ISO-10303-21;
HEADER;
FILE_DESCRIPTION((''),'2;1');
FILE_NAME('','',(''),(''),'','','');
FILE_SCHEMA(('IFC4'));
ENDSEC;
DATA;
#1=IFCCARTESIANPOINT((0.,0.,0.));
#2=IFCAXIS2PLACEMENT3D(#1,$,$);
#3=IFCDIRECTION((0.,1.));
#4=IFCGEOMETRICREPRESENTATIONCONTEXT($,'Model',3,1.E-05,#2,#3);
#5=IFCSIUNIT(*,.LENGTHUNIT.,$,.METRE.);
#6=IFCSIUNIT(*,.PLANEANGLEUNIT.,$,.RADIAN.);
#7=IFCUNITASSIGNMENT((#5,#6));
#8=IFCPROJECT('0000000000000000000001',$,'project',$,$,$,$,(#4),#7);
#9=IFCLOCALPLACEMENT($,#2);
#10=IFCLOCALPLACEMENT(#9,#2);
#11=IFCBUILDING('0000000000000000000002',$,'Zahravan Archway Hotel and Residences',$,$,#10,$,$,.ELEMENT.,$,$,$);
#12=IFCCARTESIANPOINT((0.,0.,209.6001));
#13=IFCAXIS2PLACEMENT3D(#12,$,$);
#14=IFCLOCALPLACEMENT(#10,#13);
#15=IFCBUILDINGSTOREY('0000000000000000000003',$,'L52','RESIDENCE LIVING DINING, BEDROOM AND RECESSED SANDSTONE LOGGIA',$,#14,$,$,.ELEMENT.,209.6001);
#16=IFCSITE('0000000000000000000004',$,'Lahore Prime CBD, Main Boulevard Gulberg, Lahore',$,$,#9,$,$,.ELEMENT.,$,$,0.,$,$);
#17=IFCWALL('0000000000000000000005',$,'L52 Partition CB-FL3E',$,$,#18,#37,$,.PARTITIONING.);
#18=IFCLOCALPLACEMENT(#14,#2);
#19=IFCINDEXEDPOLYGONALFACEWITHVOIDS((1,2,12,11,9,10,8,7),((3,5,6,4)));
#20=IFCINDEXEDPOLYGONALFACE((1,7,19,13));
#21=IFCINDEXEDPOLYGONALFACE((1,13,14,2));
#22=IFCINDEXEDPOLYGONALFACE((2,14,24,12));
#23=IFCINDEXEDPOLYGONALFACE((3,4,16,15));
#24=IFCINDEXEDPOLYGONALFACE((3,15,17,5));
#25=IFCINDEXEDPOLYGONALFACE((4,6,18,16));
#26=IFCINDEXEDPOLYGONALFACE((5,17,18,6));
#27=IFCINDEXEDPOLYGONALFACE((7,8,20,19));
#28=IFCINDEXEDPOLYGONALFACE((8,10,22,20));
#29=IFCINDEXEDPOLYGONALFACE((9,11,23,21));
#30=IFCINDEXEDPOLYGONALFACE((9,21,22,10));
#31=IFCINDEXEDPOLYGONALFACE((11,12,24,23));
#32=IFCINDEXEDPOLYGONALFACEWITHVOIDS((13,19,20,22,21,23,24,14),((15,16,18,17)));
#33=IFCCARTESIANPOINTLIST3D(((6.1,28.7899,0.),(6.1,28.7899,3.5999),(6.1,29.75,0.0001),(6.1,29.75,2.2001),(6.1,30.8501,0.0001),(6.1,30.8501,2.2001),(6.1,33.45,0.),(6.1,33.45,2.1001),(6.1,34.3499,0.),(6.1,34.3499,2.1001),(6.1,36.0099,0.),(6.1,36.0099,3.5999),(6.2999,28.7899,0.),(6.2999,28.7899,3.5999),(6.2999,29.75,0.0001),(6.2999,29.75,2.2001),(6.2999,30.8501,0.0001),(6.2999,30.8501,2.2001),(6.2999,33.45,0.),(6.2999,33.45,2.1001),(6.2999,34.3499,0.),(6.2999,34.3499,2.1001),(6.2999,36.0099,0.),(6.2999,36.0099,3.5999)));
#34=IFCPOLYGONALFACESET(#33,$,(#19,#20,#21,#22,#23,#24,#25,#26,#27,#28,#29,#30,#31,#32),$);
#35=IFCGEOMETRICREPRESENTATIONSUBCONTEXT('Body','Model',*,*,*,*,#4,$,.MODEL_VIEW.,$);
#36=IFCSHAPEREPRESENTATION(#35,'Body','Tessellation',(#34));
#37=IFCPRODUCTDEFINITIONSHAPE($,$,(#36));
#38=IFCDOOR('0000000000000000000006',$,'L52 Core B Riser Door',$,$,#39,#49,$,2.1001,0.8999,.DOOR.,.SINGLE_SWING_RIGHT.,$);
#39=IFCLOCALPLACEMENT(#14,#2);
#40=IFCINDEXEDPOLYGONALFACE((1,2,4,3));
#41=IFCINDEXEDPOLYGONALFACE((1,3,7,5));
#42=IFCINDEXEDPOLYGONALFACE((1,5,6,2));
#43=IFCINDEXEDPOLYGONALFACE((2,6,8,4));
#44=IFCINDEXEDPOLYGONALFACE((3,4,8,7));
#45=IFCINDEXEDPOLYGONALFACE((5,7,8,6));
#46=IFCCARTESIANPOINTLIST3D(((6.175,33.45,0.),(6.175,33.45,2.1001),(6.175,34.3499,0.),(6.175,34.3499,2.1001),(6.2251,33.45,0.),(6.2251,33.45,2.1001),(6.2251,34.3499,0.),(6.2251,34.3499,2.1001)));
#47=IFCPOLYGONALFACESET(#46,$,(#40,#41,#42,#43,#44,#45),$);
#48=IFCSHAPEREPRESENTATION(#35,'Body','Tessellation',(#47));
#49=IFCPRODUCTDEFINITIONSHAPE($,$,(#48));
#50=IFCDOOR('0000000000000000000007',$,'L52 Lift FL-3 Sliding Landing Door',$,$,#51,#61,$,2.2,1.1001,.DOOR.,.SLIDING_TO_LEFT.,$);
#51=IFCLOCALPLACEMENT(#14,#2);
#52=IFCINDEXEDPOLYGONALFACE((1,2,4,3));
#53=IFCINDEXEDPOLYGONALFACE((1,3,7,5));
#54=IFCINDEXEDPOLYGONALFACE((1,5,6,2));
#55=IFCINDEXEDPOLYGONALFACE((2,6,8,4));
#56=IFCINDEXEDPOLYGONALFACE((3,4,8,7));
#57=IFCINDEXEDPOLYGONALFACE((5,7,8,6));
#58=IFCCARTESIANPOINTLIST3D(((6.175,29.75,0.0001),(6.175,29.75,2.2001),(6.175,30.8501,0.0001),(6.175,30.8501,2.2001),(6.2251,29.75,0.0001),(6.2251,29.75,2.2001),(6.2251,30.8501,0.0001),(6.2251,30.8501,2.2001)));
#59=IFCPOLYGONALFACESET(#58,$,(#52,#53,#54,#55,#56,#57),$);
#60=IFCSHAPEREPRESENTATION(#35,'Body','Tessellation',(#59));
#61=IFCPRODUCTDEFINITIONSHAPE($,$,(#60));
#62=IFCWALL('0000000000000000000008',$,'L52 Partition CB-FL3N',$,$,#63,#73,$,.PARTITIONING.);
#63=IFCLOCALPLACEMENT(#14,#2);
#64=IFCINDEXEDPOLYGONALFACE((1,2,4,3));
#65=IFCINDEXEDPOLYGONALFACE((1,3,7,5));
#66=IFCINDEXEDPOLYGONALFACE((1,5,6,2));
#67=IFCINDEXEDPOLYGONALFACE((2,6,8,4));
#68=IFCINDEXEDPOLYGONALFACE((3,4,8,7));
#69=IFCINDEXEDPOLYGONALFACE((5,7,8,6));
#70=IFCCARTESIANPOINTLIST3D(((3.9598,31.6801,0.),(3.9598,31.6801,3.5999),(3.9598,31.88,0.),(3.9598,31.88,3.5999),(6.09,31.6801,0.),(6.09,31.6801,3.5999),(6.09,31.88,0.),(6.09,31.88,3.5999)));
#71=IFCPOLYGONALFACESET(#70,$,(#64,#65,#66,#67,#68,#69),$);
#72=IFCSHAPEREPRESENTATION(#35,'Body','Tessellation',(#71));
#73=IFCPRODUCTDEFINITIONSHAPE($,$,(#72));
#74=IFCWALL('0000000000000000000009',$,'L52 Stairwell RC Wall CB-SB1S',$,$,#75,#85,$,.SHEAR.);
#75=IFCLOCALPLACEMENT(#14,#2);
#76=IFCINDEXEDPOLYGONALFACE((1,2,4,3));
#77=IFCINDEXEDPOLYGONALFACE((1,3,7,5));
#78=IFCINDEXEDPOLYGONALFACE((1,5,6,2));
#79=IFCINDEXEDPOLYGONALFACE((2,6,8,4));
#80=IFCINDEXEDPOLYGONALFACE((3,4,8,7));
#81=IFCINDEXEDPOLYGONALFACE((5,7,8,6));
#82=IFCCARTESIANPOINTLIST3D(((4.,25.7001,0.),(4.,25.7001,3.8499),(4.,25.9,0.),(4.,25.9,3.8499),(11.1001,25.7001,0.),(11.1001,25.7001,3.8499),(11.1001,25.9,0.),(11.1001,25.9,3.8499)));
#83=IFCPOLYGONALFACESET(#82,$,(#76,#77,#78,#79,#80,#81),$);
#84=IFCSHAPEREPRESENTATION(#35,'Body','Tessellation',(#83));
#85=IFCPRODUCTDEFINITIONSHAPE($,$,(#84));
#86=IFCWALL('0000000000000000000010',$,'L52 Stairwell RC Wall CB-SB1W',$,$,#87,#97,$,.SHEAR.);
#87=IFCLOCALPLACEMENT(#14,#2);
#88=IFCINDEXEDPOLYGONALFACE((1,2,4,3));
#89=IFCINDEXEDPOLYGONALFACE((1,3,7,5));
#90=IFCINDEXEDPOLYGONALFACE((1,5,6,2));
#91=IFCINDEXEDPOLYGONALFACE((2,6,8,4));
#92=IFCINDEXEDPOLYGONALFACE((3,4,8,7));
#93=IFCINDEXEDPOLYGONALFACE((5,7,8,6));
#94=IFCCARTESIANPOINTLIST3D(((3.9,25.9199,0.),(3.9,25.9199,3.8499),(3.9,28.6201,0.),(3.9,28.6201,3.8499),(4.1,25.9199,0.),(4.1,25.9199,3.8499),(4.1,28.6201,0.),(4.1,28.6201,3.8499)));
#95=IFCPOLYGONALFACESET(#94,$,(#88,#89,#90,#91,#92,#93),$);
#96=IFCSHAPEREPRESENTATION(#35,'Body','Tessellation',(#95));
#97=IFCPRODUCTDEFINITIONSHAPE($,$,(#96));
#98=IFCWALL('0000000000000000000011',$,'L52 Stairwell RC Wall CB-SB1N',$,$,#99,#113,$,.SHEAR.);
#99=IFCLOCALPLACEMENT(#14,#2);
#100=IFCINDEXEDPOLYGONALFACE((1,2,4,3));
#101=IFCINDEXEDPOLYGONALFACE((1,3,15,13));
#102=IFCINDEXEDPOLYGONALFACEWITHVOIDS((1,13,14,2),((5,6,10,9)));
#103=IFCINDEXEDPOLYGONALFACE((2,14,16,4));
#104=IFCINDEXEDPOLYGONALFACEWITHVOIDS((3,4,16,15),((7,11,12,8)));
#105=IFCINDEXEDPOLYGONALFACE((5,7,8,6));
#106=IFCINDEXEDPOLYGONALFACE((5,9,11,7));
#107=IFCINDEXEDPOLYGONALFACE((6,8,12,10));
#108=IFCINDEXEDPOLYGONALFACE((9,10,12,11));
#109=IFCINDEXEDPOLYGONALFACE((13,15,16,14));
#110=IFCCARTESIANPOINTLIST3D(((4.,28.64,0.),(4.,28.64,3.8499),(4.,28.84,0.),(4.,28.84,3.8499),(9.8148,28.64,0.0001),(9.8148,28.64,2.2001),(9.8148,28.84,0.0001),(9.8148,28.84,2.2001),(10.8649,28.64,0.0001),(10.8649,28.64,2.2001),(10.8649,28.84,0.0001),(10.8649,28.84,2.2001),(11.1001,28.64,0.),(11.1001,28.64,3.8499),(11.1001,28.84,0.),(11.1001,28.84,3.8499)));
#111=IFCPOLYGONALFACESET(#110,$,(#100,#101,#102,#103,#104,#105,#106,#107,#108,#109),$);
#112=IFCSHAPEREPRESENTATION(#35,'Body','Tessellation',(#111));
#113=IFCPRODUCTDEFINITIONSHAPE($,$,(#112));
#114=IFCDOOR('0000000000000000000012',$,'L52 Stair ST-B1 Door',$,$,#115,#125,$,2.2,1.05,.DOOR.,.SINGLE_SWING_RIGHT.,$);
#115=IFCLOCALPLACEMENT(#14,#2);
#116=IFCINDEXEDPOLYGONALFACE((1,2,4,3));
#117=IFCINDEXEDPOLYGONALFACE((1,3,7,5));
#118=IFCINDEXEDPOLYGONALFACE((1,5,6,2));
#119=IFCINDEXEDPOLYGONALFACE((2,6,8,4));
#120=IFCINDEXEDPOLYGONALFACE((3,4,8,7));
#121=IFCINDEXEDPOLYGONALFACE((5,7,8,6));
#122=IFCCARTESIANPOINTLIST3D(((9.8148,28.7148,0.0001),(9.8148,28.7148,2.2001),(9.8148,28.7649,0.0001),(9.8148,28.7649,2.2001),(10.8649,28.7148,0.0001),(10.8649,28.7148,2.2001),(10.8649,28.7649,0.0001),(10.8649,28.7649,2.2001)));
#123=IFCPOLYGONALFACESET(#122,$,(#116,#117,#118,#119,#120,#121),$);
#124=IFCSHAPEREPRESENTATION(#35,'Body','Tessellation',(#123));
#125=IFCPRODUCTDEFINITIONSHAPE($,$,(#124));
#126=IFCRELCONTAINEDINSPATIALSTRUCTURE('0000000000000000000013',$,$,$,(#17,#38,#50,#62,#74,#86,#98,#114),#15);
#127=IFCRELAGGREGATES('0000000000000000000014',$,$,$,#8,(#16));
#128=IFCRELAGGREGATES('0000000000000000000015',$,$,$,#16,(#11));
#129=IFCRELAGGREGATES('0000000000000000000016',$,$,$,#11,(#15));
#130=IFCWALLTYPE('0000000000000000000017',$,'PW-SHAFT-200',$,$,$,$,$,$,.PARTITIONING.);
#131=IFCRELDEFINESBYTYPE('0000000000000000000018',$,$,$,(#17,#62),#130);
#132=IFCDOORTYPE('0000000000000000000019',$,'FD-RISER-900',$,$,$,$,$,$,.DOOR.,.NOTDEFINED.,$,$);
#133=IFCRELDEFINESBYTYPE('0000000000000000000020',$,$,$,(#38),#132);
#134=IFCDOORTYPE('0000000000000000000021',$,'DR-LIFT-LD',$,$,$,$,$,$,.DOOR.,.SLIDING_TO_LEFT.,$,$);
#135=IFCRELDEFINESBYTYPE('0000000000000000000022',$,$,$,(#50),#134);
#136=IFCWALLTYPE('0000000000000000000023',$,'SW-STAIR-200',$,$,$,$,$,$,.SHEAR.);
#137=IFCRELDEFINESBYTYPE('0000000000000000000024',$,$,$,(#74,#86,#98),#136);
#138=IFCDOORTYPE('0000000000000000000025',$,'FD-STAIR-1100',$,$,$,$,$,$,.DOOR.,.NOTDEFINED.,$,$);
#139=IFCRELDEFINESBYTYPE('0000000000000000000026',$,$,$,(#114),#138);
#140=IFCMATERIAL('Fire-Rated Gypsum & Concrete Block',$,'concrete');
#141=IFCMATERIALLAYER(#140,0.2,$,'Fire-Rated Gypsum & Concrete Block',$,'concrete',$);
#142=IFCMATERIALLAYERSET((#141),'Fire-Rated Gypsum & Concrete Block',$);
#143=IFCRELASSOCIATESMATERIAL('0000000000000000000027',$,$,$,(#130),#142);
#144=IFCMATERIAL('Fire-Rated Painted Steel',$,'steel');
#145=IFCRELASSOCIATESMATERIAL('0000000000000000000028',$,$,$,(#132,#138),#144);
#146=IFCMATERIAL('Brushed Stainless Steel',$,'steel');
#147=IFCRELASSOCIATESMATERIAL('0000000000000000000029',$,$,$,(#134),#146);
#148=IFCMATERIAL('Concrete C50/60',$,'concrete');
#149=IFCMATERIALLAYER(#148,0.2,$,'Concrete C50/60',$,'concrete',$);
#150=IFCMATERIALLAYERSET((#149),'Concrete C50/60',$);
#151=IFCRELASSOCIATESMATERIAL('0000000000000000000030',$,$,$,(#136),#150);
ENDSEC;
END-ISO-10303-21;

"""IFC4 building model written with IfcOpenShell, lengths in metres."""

from ifc_helpers import new_model, si_unit, direction, frame, frame_2d, origin, place, context, subcontext, project, spatial, rectangle, extrude, source, transform, mapped, material, layer, layer_set, type_object, type_shapes, element, fill, save


model = new_model("IFC4")

# Units and contexts
model_context = context("Model", 3, precision=1e-05, world=origin(), true_north=direction((0.0, 1.0)))
body_context = subcontext(model_context, "Body", "Model", "MODEL_VIEW")
ifc_project = project(units=[si_unit("LENGTHUNIT", "METRE"), si_unit("PLANEANGLEUNIT", "RADIAN")], contexts=[model_context])

# Site, building, storey
site_placement = place(None, origin())
site = spatial("IfcSite", under=ifc_project, at=site_placement, Name="Lahore Prime CBD, Main Boulevard Gulberg, Lahore", CompositionType="ELEMENT", RefElevation=0.0)
building_placement = place(site_placement, origin())
building = spatial("IfcBuilding", under=site, at=building_placement, Name="Zahravan Archway Hotel and Residences", CompositionType="ELEMENT")
storey_placement = place(building_placement, frame((0.0, 0.0, 209.6001)))
storey = spatial("IfcBuildingStorey", under=building, at=storey_placement, Name="L52", Description="RESIDENCE LIVING DINING, BEDROOM AND RECESSED SANDSTONE LOGGIA", CompositionType="ELEMENT", Elevation=209.6001)

# Wall, openings, doors
ifc_material_1 = material(Name="Fire-Rated Gypsum & Concrete Block", Category="concrete")
ifc_layer_1 = layer(ifc_material_1, 0.2, Name="Fire-Rated Gypsum & Concrete Block", Category="concrete")
ifc_layer_set_1 = layer_set([ifc_layer_1], Name="Fire-Rated Gypsum & Concrete Block")
wall_type_1 = type_object("IfcWallType", Name="PW-SHAFT-200", PredefinedType="PARTITIONING", material=ifc_layer_set_1)
wall_1_placement = place(storey_placement, frame((6.2, 28.79, 0.0), z_axis=(0.0, 0.0, 1.0), x_axis=(0.0, 1.0, 0.0)))
wall_1 = element("IfcWall", 1, at=wall_1_placement, inside=storey, type_object=wall_type_1, Name="L52 Partition CB-FL3E", PredefinedType="PARTITIONING", context=body_context, shape_type="SweptSolid", body=[
    extrude(rectangle(XDim=7.22, YDim=0.2, at=frame_2d((3.6099, 0.0))), origin(), (0.0, 0.0, 1.0), 3.5999),
])
opening_1_placement = place(wall_1_placement, frame((4.6599, 0.0, 0.0)))
opening_1 = element("IfcOpeningElement", 2, at=opening_1_placement, cuts=wall_1, PredefinedType="OPENING", context=body_context, shape_type="SweptSolid", body=[
    extrude(rectangle(XDim=0.8999, YDim=2.1001, at=frame_2d((0.45, 1.05))), frame((0.0, 0.1099, 0.0), z_axis=(0.0, -1.0, 0.0), x_axis=(1.0, 0.0, 0.0)), (0.0, 0.0, 1.0), 0.22),
])
opening_2_placement = place(wall_1_placement, frame((0.96, 0.0, 0.0)))
opening_2 = element("IfcOpeningElement", 3, at=opening_2_placement, cuts=wall_1, PredefinedType="OPENING", context=body_context, shape_type="SweptSolid", body=[
    extrude(rectangle(XDim=1.1001, YDim=2.2, at=frame_2d((0.55, 1.1001))), frame((0.0, 0.1099, 0.0), z_axis=(0.0, -1.0, 0.0), x_axis=(1.0, 0.0, 0.0)), (0.0, 0.0, 1.0), 0.22),
])
ifc_material_2 = material(Name="Fire-Rated Painted Steel", Category="steel")
door_type_1 = type_object("IfcDoorType", Name="FD-RISER-900", OperationType="NOTDEFINED", PredefinedType="DOOR", material=ifc_material_2)
shared_shape_1 = source(origin(), body_context, "Body", "SweptSolid", [
    extrude(rectangle(XDim=0.8999, YDim=2.1001, at=frame_2d((0.45, 1.05))), frame((0.0, 0.0249, 0.0), z_axis=(0.0, -1.0, 0.0), x_axis=(1.0, 0.0, 0.0)), (0.0, 0.0, 1.0), 0.05),
])
type_shapes(door_type_1, [shared_shape_1])
door_1_placement = place(opening_1_placement, origin())
door_1 = element("IfcDoor", 4, at=door_1_placement, inside=storey, type_object=door_type_1, Name="L52 Core B Riser Door", OperationType="SINGLE_SWING_RIGHT", OverallHeight=2.1001, OverallWidth=0.8999, PredefinedType="DOOR", context=body_context, shape_type="MappedRepresentation", body=[
    mapped(shared_shape_1, transform((0.0, 0.0, 0.0), scale=1.0)),
])
fill(opening_1, door_1)
ifc_material_3 = material(Name="Brushed Stainless Steel", Category="steel")
door_type_2 = type_object("IfcDoorType", Name="DR-LIFT-LD", OperationType="SLIDING_TO_LEFT", PredefinedType="DOOR", material=ifc_material_3)
shared_shape_2 = source(origin(), body_context, "Body", "SweptSolid", [
    extrude(rectangle(XDim=1.1001, YDim=2.2, at=frame_2d((0.55, 1.1001))), frame((0.0, 0.0249, 0.0), z_axis=(0.0, -1.0, 0.0), x_axis=(1.0, 0.0, 0.0)), (0.0, 0.0, 1.0), 0.05),
])
type_shapes(door_type_2, [shared_shape_2])
door_2_placement = place(opening_2_placement, origin())
door_2 = element("IfcDoor", 5, at=door_2_placement, inside=storey, type_object=door_type_2, Name="L52 Lift FL-3 Sliding Landing Door", OperationType="SLIDING_TO_LEFT", OverallHeight=2.2, OverallWidth=1.1001, PredefinedType="DOOR", context=body_context, shape_type="MappedRepresentation", body=[
    mapped(shared_shape_2, transform((0.0, 0.0, 0.0), scale=1.0)),
])
fill(opening_2, door_2)

# Walls
wall_2_placement = place(storey_placement, frame((3.96, 31.78, 0.0), z_axis=(0.0, 0.0, 1.0), x_axis=(1.0, 0.0, 0.0)))
element("IfcWall", 6, at=wall_2_placement, inside=storey, type_object=wall_type_1, Name="L52 Partition CB-FL3N", PredefinedType="PARTITIONING", context=body_context, shape_type="SweptSolid", body=[
    extrude(rectangle(XDim=2.1301, YDim=0.2, at=frame_2d((1.0649, 0.0))), origin(), (0.0, 0.0, 1.0), 3.5999),
])
ifc_material_4 = material(Name="Concrete C50/60", Category="concrete")
ifc_layer_2 = layer(ifc_material_4, 0.2, Name="Concrete C50/60", Category="concrete")
ifc_layer_set_2 = layer_set([ifc_layer_2], Name="Concrete C50/60")
wall_type_2 = type_object("IfcWallType", Name="SW-STAIR-200", PredefinedType="SHEAR", material=ifc_layer_set_2)
wall_3_placement = place(storey_placement, frame((4.0, 25.8, 0.0), z_axis=(0.0, 0.0, 1.0), x_axis=(1.0, 0.0, 0.0)))
element("IfcWall", 7, at=wall_3_placement, inside=storey, type_object=wall_type_2, Name="L52 Stairwell RC Wall CB-SB1S", PredefinedType="SHEAR", context=body_context, shape_type="SweptSolid", body=[
    extrude(rectangle(XDim=7.1001, YDim=0.2, at=frame_2d((3.55, 0.0))), origin(), (0.0, 0.0, 1.0), 3.8499),
])
wall_4_placement = place(storey_placement, frame((4.0, 25.9199, 0.0), z_axis=(0.0, 0.0, 1.0), x_axis=(0.0, 1.0, 0.0)))
element("IfcWall", 8, at=wall_4_placement, inside=storey, type_object=wall_type_2, Name="L52 Stairwell RC Wall CB-SB1W", PredefinedType="SHEAR", context=body_context, shape_type="SweptSolid", body=[
    extrude(rectangle(XDim=2.7002, YDim=0.2, at=frame_2d((1.3501, 0.0))), origin(), (0.0, 0.0, 1.0), 3.8499),
])

# Wall, opening, door
wall_5_placement = place(storey_placement, frame((4.0, 28.74, 0.0), z_axis=(0.0, 0.0, 1.0), x_axis=(1.0, 0.0, 0.0)))
wall_5 = element("IfcWall", 9, at=wall_5_placement, inside=storey, type_object=wall_type_2, Name="L52 Stairwell RC Wall CB-SB1N", PredefinedType="SHEAR", context=body_context, shape_type="SweptSolid", body=[
    extrude(rectangle(XDim=7.1001, YDim=0.2, at=frame_2d((3.55, 0.0))), origin(), (0.0, 0.0, 1.0), 3.8499),
])
opening_3_placement = place(wall_5_placement, frame((5.8149, 0.0, 0.0)))
opening_3 = element("IfcOpeningElement", 10, at=opening_3_placement, cuts=wall_5, PredefinedType="OPENING", context=body_context, shape_type="SweptSolid", body=[
    extrude(rectangle(XDim=1.05, YDim=2.2, at=frame_2d((0.5249, 1.1001))), frame((0.0, 0.1099, 0.0), z_axis=(0.0, -1.0, 0.0), x_axis=(1.0, 0.0, 0.0)), (0.0, 0.0, 1.0), 0.22),
])
door_type_3 = type_object("IfcDoorType", Name="FD-STAIR-1100", OperationType="NOTDEFINED", PredefinedType="DOOR", material=ifc_material_2)
shared_shape_3 = source(origin(), body_context, "Body", "SweptSolid", [
    extrude(rectangle(XDim=1.05, YDim=2.2, at=frame_2d((0.5249, 1.1001))), frame((0.0, 0.0249, 0.0), z_axis=(0.0, -1.0, 0.0), x_axis=(1.0, 0.0, 0.0)), (0.0, 0.0, 1.0), 0.05),
])
type_shapes(door_type_3, [shared_shape_3])
door_3_placement = place(opening_3_placement, origin())
door_3 = element("IfcDoor", 11, at=door_3_placement, inside=storey, type_object=door_type_3, Name="L52 Stair ST-B1 Door", OperationType="SINGLE_SWING_RIGHT", OverallHeight=2.2, OverallWidth=1.05, PredefinedType="DOOR", context=body_context, shape_type="MappedRepresentation", body=[
    mapped(shared_shape_3, transform((0.0, 0.0, 0.0), scale=1.0)),
])
fill(opening_3, door_3)

save(model, "model.ifc")
